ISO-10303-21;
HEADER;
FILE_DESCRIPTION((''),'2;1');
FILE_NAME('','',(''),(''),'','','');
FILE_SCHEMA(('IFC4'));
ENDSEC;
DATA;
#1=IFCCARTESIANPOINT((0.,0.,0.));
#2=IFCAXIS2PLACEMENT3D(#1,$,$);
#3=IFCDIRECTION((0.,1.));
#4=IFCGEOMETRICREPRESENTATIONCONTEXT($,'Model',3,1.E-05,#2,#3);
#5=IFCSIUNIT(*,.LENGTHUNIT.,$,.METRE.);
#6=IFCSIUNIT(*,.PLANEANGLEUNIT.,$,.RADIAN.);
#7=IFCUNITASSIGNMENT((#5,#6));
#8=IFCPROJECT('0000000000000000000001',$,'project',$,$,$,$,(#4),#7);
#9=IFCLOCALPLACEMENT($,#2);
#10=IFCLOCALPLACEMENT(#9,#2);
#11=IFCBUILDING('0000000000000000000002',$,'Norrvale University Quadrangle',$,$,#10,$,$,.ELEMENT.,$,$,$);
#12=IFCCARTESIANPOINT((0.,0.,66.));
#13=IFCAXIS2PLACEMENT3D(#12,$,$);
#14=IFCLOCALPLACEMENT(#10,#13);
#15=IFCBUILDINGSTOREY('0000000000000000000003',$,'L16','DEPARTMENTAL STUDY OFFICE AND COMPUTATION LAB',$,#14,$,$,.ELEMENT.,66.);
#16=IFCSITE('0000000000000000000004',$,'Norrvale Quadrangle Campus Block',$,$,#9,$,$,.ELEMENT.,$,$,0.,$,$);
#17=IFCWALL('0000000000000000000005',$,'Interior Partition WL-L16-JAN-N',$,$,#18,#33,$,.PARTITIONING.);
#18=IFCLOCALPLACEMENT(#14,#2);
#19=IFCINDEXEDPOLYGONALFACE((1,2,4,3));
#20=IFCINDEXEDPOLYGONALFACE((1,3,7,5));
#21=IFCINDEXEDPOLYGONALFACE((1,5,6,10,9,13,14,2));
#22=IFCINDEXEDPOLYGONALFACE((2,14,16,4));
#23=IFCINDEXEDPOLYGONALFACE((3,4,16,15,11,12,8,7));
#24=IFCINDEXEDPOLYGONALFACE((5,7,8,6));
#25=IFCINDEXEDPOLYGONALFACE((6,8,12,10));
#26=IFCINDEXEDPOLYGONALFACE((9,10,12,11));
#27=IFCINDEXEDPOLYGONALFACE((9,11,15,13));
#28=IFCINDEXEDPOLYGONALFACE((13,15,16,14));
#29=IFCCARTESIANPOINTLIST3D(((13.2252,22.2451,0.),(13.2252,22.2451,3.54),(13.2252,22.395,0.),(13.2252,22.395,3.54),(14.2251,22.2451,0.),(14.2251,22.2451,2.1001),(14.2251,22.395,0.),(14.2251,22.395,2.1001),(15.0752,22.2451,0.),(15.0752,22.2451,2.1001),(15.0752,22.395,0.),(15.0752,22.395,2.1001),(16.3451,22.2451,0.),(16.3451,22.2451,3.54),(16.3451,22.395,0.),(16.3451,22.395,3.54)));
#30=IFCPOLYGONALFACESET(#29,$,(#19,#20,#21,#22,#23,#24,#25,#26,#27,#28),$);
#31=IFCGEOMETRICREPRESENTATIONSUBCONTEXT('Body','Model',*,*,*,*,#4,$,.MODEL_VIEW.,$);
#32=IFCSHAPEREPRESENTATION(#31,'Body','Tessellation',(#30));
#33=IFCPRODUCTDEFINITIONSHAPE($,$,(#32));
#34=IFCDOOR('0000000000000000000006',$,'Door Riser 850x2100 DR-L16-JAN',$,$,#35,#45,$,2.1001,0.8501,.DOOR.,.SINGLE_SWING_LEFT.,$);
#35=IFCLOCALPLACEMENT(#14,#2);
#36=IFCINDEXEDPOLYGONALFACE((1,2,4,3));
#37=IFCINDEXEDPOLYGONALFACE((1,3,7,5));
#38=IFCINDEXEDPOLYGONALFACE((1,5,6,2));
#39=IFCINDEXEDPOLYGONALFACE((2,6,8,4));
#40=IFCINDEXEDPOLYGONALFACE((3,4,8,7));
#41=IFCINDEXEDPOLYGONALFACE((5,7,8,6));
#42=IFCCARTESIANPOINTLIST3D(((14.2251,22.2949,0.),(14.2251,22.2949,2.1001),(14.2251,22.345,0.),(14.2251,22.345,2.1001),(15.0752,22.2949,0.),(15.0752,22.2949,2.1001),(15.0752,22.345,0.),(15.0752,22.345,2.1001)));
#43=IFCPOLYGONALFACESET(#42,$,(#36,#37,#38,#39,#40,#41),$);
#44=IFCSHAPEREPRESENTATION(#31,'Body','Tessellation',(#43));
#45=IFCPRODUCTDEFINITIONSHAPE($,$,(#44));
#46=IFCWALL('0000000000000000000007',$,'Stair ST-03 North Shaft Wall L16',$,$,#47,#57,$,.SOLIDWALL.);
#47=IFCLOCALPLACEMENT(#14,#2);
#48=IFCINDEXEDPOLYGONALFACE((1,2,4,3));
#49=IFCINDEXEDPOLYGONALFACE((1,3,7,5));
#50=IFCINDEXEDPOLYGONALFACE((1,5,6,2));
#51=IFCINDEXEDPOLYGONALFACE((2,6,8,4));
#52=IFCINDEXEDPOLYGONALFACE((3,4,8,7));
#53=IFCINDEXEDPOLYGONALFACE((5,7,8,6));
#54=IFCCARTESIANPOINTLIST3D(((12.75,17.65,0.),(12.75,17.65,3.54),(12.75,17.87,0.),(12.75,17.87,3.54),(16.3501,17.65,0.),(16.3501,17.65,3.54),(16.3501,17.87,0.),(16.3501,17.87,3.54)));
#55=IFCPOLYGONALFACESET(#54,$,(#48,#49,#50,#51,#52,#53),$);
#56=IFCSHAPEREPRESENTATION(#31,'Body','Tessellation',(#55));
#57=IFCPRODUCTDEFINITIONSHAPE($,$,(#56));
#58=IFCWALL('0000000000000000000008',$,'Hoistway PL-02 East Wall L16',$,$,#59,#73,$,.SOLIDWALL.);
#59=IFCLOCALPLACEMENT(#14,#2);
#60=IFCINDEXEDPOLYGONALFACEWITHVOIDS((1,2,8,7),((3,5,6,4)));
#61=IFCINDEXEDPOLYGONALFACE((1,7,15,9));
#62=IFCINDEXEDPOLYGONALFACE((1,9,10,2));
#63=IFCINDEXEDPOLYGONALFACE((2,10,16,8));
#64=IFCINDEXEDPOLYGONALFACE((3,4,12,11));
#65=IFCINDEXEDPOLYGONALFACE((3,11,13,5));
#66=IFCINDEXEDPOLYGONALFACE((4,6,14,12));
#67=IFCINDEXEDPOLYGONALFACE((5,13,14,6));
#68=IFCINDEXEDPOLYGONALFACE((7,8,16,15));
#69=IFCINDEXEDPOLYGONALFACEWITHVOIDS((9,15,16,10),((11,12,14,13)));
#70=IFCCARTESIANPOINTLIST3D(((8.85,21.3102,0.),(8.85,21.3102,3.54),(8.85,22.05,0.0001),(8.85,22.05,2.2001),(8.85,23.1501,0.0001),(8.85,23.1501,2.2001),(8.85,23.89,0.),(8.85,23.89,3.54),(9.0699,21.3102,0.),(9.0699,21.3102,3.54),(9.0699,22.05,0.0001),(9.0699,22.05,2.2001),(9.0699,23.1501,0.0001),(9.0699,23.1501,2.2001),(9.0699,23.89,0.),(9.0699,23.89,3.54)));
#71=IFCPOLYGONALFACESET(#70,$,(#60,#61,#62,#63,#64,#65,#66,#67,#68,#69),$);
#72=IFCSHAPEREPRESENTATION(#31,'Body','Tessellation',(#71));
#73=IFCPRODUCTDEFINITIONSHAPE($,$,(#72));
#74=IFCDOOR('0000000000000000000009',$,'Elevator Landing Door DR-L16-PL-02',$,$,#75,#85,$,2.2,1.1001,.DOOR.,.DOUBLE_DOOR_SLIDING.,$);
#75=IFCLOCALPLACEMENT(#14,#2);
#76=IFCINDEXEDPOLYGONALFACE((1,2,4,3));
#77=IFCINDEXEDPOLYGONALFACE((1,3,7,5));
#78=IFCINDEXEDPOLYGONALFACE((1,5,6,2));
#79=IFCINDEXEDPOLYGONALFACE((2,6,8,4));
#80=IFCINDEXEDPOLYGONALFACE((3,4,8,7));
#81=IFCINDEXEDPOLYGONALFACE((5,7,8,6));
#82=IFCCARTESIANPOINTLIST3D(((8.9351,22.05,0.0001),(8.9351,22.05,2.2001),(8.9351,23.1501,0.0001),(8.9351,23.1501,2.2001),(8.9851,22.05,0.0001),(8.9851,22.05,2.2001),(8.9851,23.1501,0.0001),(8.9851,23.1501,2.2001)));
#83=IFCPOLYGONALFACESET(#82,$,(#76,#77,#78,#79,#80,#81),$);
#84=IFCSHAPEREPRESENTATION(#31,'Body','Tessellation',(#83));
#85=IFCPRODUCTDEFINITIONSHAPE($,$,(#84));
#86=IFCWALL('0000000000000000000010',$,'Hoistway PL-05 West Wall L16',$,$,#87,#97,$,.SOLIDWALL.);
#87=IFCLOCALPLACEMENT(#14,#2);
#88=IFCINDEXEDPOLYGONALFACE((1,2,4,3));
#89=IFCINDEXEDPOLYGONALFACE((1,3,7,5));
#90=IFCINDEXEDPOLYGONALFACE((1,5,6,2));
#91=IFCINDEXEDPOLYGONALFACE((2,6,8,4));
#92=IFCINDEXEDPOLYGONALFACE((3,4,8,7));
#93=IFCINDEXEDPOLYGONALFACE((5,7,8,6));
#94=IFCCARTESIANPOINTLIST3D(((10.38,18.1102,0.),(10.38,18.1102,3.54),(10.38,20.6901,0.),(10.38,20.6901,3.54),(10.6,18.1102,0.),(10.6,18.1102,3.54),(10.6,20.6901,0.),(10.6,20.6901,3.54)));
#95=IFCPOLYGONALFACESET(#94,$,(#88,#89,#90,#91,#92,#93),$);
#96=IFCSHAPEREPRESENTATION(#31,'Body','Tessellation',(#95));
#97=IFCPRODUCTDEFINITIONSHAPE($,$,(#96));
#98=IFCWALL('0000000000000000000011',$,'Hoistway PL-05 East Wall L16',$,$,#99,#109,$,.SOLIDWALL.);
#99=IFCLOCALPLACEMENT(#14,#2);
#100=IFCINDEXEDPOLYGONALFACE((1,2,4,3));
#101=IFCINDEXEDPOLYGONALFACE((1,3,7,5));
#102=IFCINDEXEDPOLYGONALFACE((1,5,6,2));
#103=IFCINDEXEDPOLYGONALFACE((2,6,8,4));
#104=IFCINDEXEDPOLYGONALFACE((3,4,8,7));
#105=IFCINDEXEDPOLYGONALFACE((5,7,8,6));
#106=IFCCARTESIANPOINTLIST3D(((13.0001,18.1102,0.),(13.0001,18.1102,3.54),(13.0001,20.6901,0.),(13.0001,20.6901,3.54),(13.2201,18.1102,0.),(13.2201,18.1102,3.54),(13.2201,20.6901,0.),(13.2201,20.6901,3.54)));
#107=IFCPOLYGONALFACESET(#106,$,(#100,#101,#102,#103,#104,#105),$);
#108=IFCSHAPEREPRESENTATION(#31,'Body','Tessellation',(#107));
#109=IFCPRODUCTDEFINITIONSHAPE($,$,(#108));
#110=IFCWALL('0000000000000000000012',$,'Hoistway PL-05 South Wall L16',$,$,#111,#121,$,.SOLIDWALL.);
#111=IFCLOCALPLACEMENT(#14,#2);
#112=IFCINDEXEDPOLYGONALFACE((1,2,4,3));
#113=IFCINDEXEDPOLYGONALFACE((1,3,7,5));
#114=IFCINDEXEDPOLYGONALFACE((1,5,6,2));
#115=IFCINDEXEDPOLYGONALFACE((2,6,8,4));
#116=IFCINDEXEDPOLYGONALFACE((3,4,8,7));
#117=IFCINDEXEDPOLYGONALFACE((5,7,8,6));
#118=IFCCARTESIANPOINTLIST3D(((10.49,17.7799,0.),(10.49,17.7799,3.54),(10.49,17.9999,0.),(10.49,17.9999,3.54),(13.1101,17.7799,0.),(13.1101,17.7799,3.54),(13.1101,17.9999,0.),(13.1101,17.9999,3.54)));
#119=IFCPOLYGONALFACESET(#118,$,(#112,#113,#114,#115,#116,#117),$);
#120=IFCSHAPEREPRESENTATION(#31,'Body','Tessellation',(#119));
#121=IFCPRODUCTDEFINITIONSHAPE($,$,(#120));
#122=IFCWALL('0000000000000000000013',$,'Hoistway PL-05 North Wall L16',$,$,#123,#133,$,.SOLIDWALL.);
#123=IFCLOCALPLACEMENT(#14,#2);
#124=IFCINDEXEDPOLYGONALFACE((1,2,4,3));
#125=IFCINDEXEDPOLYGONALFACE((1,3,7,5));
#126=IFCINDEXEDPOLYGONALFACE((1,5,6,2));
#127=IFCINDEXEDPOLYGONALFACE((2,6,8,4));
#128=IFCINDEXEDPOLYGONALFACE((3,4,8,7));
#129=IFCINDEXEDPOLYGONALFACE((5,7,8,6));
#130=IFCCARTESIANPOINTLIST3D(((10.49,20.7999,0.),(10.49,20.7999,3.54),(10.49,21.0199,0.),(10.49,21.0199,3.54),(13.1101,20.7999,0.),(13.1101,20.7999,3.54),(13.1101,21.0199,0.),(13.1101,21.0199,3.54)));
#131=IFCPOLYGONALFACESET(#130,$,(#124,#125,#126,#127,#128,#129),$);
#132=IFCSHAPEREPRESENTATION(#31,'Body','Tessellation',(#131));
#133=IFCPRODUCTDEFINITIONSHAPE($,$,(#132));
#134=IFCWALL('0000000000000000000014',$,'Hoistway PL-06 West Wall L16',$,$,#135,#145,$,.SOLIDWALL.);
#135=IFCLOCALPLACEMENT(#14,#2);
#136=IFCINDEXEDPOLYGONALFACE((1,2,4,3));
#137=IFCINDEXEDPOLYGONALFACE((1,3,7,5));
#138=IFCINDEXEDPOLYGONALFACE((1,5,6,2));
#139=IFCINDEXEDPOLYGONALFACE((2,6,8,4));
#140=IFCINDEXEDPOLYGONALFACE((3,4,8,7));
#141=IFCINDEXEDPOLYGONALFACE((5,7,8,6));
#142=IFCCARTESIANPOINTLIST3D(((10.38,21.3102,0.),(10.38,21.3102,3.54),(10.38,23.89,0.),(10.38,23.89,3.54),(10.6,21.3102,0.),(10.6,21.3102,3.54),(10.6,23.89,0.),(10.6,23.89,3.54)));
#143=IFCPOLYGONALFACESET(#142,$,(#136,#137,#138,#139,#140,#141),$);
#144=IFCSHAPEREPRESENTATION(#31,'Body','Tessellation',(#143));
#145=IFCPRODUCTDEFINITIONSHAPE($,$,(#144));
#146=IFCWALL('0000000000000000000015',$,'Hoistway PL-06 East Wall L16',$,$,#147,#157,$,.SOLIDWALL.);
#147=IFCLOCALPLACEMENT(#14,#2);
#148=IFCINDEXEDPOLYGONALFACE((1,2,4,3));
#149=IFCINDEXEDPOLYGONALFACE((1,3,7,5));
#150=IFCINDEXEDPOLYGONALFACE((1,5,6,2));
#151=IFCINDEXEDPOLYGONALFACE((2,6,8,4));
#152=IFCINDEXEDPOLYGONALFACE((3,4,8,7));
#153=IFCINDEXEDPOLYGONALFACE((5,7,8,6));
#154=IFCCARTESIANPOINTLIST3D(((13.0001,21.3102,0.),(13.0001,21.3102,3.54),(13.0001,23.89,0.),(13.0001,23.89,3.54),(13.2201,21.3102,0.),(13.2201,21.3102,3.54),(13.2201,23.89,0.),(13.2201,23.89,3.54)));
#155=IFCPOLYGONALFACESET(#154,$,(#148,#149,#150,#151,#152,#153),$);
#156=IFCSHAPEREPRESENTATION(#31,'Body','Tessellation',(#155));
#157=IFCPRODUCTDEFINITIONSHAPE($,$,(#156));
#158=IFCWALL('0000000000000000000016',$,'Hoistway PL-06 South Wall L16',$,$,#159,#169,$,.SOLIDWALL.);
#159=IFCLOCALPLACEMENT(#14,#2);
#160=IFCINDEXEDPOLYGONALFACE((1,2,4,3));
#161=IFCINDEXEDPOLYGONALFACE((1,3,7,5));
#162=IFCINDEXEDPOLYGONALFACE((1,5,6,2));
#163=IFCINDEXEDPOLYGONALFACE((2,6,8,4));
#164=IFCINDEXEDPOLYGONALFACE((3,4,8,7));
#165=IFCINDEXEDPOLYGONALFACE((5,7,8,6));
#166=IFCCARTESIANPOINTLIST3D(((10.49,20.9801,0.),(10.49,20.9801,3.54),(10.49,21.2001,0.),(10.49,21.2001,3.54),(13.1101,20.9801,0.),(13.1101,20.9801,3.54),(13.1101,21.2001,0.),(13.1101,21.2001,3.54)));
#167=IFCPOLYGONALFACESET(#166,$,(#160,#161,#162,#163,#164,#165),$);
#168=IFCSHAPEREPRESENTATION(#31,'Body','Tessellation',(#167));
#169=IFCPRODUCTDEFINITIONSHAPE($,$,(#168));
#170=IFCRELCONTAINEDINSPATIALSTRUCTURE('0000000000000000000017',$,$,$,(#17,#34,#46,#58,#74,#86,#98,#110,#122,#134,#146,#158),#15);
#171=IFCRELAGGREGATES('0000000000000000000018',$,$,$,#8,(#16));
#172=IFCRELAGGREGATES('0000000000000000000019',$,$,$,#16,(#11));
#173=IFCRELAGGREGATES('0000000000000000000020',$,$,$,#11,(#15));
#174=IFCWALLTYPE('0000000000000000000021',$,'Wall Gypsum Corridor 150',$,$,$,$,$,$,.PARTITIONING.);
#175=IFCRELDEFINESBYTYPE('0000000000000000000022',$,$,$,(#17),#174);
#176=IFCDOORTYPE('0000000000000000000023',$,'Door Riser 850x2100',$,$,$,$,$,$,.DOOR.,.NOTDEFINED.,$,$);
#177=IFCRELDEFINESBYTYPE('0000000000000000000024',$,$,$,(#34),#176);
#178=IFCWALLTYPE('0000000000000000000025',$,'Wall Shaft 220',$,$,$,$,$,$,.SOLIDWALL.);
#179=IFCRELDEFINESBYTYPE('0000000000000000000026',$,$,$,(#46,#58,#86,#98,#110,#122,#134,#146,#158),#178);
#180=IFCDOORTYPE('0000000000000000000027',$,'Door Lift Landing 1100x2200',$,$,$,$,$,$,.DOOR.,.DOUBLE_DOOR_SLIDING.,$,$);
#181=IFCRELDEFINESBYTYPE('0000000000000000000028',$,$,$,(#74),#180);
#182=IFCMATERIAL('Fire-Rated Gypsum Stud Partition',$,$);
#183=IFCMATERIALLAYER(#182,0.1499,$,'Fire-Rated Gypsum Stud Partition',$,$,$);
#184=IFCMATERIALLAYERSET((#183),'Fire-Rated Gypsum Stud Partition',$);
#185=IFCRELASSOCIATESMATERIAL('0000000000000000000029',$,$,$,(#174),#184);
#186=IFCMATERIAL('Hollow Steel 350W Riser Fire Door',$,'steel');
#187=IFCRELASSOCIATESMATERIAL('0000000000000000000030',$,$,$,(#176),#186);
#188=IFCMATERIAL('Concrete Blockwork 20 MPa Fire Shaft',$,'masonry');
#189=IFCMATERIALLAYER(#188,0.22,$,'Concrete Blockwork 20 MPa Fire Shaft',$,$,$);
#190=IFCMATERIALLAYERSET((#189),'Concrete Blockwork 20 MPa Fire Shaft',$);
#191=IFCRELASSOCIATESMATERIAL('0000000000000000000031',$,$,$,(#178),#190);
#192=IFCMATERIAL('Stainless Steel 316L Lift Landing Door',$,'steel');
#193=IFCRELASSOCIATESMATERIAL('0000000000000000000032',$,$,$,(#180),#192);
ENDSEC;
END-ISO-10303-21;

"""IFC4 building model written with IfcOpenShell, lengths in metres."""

from ifc_helpers import new_model, si_unit, direction, frame, frame_2d, origin, place, context, subcontext, project, spatial, rectangle, extrude, material, layer, layer_set, type_object, element, fill, save


model = new_model("IFC4")

# Units and contexts
model_context = context("Model", 3, precision=1e-05, world=origin(), true_north=direction((0.0, 1.0)))
body_context = subcontext(model_context, "Body", "Model", "MODEL_VIEW")
ifc_project = project(units=[si_unit("LENGTHUNIT", "METRE"), si_unit("PLANEANGLEUNIT", "RADIAN")], contexts=[model_context])

# Site, building, storey
site_placement = place(None, origin())
site = spatial("IfcSite", under=ifc_project, at=site_placement, Name="Norrvale Quadrangle Campus Block", CompositionType="ELEMENT", RefElevation=0.0)
building_placement = place(site_placement, origin())
building = spatial("IfcBuilding", under=site, at=building_placement, Name="Norrvale University Quadrangle", CompositionType="ELEMENT")
storey_placement = place(building_placement, frame((0.0, 0.0, 66.0)))
storey = spatial("IfcBuildingStorey", under=building, at=storey_placement, Name="L16", Description="DEPARTMENTAL STUDY OFFICE AND COMPUTATION LAB", CompositionType="ELEMENT", Elevation=66.0)

# Shared definitions
ifc_material_1 = material(Name="Fire-Rated Gypsum Stud Partition")
ifc_layer_1 = layer(ifc_material_1, 0.1499, Name="Fire-Rated Gypsum Stud Partition")
ifc_layer_set_1 = layer_set([ifc_layer_1], Name="Fire-Rated Gypsum Stud Partition")
wall_type_1 = type_object("IfcWallType", Name="Wall Gypsum Corridor 150", PredefinedType="PARTITIONING", material=ifc_layer_set_1)
ifc_material_2 = material(Name="Hollow Steel 350W Riser Fire Door", Category="steel")
door_type_1 = type_object("IfcDoorType", Name="Door Riser 850x2100", OperationType="NOTDEFINED", PredefinedType="DOOR", material=ifc_material_2)

# Wall, opening, door
wall_1_placement = place(storey_placement, frame((13.2251, 22.3201, 0.0), z_axis=(0.0, 0.0, 1.0), x_axis=(1.0, 0.0, 0.0)))
wall_1 = element("IfcWall", 1, at=wall_1_placement, inside=storey, type_object=wall_type_1, Name="Interior Partition WL-L16-JAN-N", PredefinedType="PARTITIONING", context=body_context, shape_type="SweptSolid", body=[
    extrude(rectangle(XDim=3.1199, YDim=0.1499, at=frame_2d((1.5601, 0.0))), origin(), (0.0, 0.0, 1.0), 3.54),
])
opening_1_placement = place(wall_1_placement, frame((1.0, 0.0, 0.0)))
opening_1 = element("IfcOpeningElement", 2, at=opening_1_placement, cuts=wall_1, PredefinedType="OPENING", context=body_context, shape_type="SweptSolid", body=[
    extrude(rectangle(XDim=0.8501, YDim=2.1001, at=frame_2d((0.425, 1.05))), frame((0.0, 0.0869, 0.0), z_axis=(0.0, -1.0, 0.0), x_axis=(1.0, 0.0, 0.0)), (0.0, 0.0, 1.0), 0.1738),
])
door_1_placement = place(opening_1_placement, origin())
door_1 = element("IfcDoor", 3, at=door_1_placement, inside=storey, type_object=door_type_1, Name="Door Riser 850x2100 DR-L16-JAN", OperationType="SINGLE_SWING_LEFT", OverallHeight=2.1001, OverallWidth=0.8501, PredefinedType="DOOR", context=body_context, shape_type="SweptSolid", body=[
    extrude(rectangle(XDim=0.8501, YDim=2.1001, at=frame_2d((0.425, 1.05))), frame((0.0, 0.0249, 0.0), z_axis=(0.0, -1.0, 0.0), x_axis=(1.0, 0.0, 0.0)), (0.0, 0.0, 1.0), 0.05),
])
fill(opening_1, door_1)

# Wall
ifc_material_3 = material(Name="Concrete Blockwork 20 MPa Fire Shaft", Category="masonry")
ifc_layer_2 = layer(ifc_material_3, 0.22, Name="Concrete Blockwork 20 MPa Fire Shaft")
ifc_layer_set_2 = layer_set([ifc_layer_2], Name="Concrete Blockwork 20 MPa Fire Shaft")
wall_type_2 = type_object("IfcWallType", Name="Wall Shaft 220", PredefinedType="SOLIDWALL", material=ifc_layer_set_2)
wall_2_placement = place(storey_placement, frame((12.75, 17.76, 0.0), z_axis=(0.0, 0.0, 1.0), x_axis=(1.0, 0.0, 0.0)))
element("IfcWall", 4, at=wall_2_placement, inside=storey, type_object=wall_type_2, Name="Stair ST-03 North Shaft Wall L16", PredefinedType="SOLIDWALL", context=body_context, shape_type="SweptSolid", body=[
    extrude(rectangle(XDim=3.6001, YDim=0.22, at=frame_2d((1.8, 0.0))), origin(), (0.0, 0.0, 1.0), 3.54),
])

# Wall, opening, door
wall_3_placement = place(storey_placement, frame((8.96, 21.3101, 0.0), z_axis=(0.0, 0.0, 1.0), x_axis=(0.0, 1.0, 0.0)))
wall_3 = element("IfcWall", 5, at=wall_3_placement, inside=storey, type_object=wall_type_2, Name="Hoistway PL-02 East Wall L16", PredefinedType="SOLIDWALL", context=body_context, shape_type="SweptSolid", body=[
    extrude(rectangle(XDim=2.5798, YDim=0.22, at=frame_2d((1.29, 0.0))), origin(), (0.0, 0.0, 1.0), 3.54),
])
opening_2_placement = place(wall_3_placement, frame((0.74, 0.0, 0.0)))
opening_2 = element("IfcOpeningElement", 6, at=opening_2_placement, cuts=wall_3, PredefinedType="OPENING", context=body_context, shape_type="SweptSolid", body=[
    extrude(rectangle(XDim=1.1001, YDim=2.2, at=frame_2d((0.55, 1.1001))), frame((0.0, 0.1221, 0.0), z_axis=(0.0, -1.0, 0.0), x_axis=(1.0, 0.0, 0.0)), (0.0, 0.0, 1.0), 0.2439),
])
ifc_material_4 = material(Name="Stainless Steel 316L Lift Landing Door", Category="steel")
door_type_2 = type_object("IfcDoorType", Name="Door Lift Landing 1100x2200", OperationType="DOUBLE_DOOR_SLIDING", PredefinedType="DOOR", material=ifc_material_4)
door_2_placement = place(opening_2_placement, origin())
door_2 = element("IfcDoor", 7, at=door_2_placement, inside=storey, type_object=door_type_2, Name="Elevator Landing Door DR-L16-PL-02", OperationType="DOUBLE_DOOR_SLIDING", OverallHeight=2.2, OverallWidth=1.1001, PredefinedType="DOOR", context=body_context, shape_type="SweptSolid", body=[
    extrude(rectangle(XDim=1.1001, YDim=2.2, at=frame_2d((0.55, 1.1001))), frame((0.0, 0.0249, 0.0), z_axis=(0.0, -1.0, 0.0), x_axis=(1.0, 0.0, 0.0)), (0.0, 0.0, 1.0), 0.05),
])
fill(opening_2, door_2)

# Walls
for number, where, z_axis, x_axis, name in (
    (8, (10.49, 18.1101, 0.0), (0.0, 0.0, 1.0), (0.0, 1.0, 0.0), "Hoistway PL-05 West Wall L16"),
    (9, (13.1101, 18.1101, 0.0), (0.0, 0.0, 1.0), (0.0, 1.0, 0.0), "Hoistway PL-05 East Wall L16"),
):
    element("IfcWall", number, at=place(storey_placement, frame(where, z_axis=z_axis, x_axis=x_axis)), inside=storey, type_object=wall_type_2, Name=name, PredefinedType="SOLIDWALL", context=body_context, shape_type="SweptSolid", body=[
        extrude(rectangle(XDim=2.5798, YDim=0.22, at=frame_2d((1.29, 0.0))), origin(), (0.0, 0.0, 1.0), 3.54),
    ])
for number, where, z_axis, x_axis, name in (
    (10, (10.49, 17.8899, 0.0), (0.0, 0.0, 1.0), (1.0, 0.0, 0.0), "Hoistway PL-05 South Wall L16"),
    (11, (10.49, 20.9099, 0.0), (0.0, 0.0, 1.0), (1.0, 0.0, 0.0), "Hoistway PL-05 North Wall L16"),
):
    element("IfcWall", number, at=place(storey_placement, frame(where, z_axis=z_axis, x_axis=x_axis)), inside=storey, type_object=wall_type_2, Name=name, PredefinedType="SOLIDWALL", context=body_context, shape_type="SweptSolid", body=[
        extrude(rectangle(XDim=2.6201, YDim=0.22, at=frame_2d((1.3101, 0.0))), origin(), (0.0, 0.0, 1.0), 3.54),
    ])
for number, where, z_axis, x_axis, name in (
    (12, (10.49, 21.3101, 0.0), (0.0, 0.0, 1.0), (0.0, 1.0, 0.0), "Hoistway PL-06 West Wall L16"),
    (13, (13.1101, 21.3101, 0.0), (0.0, 0.0, 1.0), (0.0, 1.0, 0.0), "Hoistway PL-06 East Wall L16"),
):
    element("IfcWall", number, at=place(storey_placement, frame(where, z_axis=z_axis, x_axis=x_axis)), inside=storey, type_object=wall_type_2, Name=name, PredefinedType="SOLIDWALL", context=body_context, shape_type="SweptSolid", body=[
        extrude(rectangle(XDim=2.5798, YDim=0.22, at=frame_2d((1.29, 0.0))), origin(), (0.0, 0.0, 1.0), 3.54),
    ])
wall_4_placement = place(storey_placement, frame((10.49, 21.0901, 0.0), z_axis=(0.0, 0.0, 1.0), x_axis=(1.0, 0.0, 0.0)))
element("IfcWall", 14, at=wall_4_placement, inside=storey, type_object=wall_type_2, Name="Hoistway PL-06 South Wall L16", PredefinedType="SOLIDWALL", context=body_context, shape_type="SweptSolid", body=[
    extrude(rectangle(XDim=2.6201, YDim=0.22, at=frame_2d((1.3101, 0.0))), origin(), (0.0, 0.0, 1.0), 3.54),
])

save(model, "model.ifc")
